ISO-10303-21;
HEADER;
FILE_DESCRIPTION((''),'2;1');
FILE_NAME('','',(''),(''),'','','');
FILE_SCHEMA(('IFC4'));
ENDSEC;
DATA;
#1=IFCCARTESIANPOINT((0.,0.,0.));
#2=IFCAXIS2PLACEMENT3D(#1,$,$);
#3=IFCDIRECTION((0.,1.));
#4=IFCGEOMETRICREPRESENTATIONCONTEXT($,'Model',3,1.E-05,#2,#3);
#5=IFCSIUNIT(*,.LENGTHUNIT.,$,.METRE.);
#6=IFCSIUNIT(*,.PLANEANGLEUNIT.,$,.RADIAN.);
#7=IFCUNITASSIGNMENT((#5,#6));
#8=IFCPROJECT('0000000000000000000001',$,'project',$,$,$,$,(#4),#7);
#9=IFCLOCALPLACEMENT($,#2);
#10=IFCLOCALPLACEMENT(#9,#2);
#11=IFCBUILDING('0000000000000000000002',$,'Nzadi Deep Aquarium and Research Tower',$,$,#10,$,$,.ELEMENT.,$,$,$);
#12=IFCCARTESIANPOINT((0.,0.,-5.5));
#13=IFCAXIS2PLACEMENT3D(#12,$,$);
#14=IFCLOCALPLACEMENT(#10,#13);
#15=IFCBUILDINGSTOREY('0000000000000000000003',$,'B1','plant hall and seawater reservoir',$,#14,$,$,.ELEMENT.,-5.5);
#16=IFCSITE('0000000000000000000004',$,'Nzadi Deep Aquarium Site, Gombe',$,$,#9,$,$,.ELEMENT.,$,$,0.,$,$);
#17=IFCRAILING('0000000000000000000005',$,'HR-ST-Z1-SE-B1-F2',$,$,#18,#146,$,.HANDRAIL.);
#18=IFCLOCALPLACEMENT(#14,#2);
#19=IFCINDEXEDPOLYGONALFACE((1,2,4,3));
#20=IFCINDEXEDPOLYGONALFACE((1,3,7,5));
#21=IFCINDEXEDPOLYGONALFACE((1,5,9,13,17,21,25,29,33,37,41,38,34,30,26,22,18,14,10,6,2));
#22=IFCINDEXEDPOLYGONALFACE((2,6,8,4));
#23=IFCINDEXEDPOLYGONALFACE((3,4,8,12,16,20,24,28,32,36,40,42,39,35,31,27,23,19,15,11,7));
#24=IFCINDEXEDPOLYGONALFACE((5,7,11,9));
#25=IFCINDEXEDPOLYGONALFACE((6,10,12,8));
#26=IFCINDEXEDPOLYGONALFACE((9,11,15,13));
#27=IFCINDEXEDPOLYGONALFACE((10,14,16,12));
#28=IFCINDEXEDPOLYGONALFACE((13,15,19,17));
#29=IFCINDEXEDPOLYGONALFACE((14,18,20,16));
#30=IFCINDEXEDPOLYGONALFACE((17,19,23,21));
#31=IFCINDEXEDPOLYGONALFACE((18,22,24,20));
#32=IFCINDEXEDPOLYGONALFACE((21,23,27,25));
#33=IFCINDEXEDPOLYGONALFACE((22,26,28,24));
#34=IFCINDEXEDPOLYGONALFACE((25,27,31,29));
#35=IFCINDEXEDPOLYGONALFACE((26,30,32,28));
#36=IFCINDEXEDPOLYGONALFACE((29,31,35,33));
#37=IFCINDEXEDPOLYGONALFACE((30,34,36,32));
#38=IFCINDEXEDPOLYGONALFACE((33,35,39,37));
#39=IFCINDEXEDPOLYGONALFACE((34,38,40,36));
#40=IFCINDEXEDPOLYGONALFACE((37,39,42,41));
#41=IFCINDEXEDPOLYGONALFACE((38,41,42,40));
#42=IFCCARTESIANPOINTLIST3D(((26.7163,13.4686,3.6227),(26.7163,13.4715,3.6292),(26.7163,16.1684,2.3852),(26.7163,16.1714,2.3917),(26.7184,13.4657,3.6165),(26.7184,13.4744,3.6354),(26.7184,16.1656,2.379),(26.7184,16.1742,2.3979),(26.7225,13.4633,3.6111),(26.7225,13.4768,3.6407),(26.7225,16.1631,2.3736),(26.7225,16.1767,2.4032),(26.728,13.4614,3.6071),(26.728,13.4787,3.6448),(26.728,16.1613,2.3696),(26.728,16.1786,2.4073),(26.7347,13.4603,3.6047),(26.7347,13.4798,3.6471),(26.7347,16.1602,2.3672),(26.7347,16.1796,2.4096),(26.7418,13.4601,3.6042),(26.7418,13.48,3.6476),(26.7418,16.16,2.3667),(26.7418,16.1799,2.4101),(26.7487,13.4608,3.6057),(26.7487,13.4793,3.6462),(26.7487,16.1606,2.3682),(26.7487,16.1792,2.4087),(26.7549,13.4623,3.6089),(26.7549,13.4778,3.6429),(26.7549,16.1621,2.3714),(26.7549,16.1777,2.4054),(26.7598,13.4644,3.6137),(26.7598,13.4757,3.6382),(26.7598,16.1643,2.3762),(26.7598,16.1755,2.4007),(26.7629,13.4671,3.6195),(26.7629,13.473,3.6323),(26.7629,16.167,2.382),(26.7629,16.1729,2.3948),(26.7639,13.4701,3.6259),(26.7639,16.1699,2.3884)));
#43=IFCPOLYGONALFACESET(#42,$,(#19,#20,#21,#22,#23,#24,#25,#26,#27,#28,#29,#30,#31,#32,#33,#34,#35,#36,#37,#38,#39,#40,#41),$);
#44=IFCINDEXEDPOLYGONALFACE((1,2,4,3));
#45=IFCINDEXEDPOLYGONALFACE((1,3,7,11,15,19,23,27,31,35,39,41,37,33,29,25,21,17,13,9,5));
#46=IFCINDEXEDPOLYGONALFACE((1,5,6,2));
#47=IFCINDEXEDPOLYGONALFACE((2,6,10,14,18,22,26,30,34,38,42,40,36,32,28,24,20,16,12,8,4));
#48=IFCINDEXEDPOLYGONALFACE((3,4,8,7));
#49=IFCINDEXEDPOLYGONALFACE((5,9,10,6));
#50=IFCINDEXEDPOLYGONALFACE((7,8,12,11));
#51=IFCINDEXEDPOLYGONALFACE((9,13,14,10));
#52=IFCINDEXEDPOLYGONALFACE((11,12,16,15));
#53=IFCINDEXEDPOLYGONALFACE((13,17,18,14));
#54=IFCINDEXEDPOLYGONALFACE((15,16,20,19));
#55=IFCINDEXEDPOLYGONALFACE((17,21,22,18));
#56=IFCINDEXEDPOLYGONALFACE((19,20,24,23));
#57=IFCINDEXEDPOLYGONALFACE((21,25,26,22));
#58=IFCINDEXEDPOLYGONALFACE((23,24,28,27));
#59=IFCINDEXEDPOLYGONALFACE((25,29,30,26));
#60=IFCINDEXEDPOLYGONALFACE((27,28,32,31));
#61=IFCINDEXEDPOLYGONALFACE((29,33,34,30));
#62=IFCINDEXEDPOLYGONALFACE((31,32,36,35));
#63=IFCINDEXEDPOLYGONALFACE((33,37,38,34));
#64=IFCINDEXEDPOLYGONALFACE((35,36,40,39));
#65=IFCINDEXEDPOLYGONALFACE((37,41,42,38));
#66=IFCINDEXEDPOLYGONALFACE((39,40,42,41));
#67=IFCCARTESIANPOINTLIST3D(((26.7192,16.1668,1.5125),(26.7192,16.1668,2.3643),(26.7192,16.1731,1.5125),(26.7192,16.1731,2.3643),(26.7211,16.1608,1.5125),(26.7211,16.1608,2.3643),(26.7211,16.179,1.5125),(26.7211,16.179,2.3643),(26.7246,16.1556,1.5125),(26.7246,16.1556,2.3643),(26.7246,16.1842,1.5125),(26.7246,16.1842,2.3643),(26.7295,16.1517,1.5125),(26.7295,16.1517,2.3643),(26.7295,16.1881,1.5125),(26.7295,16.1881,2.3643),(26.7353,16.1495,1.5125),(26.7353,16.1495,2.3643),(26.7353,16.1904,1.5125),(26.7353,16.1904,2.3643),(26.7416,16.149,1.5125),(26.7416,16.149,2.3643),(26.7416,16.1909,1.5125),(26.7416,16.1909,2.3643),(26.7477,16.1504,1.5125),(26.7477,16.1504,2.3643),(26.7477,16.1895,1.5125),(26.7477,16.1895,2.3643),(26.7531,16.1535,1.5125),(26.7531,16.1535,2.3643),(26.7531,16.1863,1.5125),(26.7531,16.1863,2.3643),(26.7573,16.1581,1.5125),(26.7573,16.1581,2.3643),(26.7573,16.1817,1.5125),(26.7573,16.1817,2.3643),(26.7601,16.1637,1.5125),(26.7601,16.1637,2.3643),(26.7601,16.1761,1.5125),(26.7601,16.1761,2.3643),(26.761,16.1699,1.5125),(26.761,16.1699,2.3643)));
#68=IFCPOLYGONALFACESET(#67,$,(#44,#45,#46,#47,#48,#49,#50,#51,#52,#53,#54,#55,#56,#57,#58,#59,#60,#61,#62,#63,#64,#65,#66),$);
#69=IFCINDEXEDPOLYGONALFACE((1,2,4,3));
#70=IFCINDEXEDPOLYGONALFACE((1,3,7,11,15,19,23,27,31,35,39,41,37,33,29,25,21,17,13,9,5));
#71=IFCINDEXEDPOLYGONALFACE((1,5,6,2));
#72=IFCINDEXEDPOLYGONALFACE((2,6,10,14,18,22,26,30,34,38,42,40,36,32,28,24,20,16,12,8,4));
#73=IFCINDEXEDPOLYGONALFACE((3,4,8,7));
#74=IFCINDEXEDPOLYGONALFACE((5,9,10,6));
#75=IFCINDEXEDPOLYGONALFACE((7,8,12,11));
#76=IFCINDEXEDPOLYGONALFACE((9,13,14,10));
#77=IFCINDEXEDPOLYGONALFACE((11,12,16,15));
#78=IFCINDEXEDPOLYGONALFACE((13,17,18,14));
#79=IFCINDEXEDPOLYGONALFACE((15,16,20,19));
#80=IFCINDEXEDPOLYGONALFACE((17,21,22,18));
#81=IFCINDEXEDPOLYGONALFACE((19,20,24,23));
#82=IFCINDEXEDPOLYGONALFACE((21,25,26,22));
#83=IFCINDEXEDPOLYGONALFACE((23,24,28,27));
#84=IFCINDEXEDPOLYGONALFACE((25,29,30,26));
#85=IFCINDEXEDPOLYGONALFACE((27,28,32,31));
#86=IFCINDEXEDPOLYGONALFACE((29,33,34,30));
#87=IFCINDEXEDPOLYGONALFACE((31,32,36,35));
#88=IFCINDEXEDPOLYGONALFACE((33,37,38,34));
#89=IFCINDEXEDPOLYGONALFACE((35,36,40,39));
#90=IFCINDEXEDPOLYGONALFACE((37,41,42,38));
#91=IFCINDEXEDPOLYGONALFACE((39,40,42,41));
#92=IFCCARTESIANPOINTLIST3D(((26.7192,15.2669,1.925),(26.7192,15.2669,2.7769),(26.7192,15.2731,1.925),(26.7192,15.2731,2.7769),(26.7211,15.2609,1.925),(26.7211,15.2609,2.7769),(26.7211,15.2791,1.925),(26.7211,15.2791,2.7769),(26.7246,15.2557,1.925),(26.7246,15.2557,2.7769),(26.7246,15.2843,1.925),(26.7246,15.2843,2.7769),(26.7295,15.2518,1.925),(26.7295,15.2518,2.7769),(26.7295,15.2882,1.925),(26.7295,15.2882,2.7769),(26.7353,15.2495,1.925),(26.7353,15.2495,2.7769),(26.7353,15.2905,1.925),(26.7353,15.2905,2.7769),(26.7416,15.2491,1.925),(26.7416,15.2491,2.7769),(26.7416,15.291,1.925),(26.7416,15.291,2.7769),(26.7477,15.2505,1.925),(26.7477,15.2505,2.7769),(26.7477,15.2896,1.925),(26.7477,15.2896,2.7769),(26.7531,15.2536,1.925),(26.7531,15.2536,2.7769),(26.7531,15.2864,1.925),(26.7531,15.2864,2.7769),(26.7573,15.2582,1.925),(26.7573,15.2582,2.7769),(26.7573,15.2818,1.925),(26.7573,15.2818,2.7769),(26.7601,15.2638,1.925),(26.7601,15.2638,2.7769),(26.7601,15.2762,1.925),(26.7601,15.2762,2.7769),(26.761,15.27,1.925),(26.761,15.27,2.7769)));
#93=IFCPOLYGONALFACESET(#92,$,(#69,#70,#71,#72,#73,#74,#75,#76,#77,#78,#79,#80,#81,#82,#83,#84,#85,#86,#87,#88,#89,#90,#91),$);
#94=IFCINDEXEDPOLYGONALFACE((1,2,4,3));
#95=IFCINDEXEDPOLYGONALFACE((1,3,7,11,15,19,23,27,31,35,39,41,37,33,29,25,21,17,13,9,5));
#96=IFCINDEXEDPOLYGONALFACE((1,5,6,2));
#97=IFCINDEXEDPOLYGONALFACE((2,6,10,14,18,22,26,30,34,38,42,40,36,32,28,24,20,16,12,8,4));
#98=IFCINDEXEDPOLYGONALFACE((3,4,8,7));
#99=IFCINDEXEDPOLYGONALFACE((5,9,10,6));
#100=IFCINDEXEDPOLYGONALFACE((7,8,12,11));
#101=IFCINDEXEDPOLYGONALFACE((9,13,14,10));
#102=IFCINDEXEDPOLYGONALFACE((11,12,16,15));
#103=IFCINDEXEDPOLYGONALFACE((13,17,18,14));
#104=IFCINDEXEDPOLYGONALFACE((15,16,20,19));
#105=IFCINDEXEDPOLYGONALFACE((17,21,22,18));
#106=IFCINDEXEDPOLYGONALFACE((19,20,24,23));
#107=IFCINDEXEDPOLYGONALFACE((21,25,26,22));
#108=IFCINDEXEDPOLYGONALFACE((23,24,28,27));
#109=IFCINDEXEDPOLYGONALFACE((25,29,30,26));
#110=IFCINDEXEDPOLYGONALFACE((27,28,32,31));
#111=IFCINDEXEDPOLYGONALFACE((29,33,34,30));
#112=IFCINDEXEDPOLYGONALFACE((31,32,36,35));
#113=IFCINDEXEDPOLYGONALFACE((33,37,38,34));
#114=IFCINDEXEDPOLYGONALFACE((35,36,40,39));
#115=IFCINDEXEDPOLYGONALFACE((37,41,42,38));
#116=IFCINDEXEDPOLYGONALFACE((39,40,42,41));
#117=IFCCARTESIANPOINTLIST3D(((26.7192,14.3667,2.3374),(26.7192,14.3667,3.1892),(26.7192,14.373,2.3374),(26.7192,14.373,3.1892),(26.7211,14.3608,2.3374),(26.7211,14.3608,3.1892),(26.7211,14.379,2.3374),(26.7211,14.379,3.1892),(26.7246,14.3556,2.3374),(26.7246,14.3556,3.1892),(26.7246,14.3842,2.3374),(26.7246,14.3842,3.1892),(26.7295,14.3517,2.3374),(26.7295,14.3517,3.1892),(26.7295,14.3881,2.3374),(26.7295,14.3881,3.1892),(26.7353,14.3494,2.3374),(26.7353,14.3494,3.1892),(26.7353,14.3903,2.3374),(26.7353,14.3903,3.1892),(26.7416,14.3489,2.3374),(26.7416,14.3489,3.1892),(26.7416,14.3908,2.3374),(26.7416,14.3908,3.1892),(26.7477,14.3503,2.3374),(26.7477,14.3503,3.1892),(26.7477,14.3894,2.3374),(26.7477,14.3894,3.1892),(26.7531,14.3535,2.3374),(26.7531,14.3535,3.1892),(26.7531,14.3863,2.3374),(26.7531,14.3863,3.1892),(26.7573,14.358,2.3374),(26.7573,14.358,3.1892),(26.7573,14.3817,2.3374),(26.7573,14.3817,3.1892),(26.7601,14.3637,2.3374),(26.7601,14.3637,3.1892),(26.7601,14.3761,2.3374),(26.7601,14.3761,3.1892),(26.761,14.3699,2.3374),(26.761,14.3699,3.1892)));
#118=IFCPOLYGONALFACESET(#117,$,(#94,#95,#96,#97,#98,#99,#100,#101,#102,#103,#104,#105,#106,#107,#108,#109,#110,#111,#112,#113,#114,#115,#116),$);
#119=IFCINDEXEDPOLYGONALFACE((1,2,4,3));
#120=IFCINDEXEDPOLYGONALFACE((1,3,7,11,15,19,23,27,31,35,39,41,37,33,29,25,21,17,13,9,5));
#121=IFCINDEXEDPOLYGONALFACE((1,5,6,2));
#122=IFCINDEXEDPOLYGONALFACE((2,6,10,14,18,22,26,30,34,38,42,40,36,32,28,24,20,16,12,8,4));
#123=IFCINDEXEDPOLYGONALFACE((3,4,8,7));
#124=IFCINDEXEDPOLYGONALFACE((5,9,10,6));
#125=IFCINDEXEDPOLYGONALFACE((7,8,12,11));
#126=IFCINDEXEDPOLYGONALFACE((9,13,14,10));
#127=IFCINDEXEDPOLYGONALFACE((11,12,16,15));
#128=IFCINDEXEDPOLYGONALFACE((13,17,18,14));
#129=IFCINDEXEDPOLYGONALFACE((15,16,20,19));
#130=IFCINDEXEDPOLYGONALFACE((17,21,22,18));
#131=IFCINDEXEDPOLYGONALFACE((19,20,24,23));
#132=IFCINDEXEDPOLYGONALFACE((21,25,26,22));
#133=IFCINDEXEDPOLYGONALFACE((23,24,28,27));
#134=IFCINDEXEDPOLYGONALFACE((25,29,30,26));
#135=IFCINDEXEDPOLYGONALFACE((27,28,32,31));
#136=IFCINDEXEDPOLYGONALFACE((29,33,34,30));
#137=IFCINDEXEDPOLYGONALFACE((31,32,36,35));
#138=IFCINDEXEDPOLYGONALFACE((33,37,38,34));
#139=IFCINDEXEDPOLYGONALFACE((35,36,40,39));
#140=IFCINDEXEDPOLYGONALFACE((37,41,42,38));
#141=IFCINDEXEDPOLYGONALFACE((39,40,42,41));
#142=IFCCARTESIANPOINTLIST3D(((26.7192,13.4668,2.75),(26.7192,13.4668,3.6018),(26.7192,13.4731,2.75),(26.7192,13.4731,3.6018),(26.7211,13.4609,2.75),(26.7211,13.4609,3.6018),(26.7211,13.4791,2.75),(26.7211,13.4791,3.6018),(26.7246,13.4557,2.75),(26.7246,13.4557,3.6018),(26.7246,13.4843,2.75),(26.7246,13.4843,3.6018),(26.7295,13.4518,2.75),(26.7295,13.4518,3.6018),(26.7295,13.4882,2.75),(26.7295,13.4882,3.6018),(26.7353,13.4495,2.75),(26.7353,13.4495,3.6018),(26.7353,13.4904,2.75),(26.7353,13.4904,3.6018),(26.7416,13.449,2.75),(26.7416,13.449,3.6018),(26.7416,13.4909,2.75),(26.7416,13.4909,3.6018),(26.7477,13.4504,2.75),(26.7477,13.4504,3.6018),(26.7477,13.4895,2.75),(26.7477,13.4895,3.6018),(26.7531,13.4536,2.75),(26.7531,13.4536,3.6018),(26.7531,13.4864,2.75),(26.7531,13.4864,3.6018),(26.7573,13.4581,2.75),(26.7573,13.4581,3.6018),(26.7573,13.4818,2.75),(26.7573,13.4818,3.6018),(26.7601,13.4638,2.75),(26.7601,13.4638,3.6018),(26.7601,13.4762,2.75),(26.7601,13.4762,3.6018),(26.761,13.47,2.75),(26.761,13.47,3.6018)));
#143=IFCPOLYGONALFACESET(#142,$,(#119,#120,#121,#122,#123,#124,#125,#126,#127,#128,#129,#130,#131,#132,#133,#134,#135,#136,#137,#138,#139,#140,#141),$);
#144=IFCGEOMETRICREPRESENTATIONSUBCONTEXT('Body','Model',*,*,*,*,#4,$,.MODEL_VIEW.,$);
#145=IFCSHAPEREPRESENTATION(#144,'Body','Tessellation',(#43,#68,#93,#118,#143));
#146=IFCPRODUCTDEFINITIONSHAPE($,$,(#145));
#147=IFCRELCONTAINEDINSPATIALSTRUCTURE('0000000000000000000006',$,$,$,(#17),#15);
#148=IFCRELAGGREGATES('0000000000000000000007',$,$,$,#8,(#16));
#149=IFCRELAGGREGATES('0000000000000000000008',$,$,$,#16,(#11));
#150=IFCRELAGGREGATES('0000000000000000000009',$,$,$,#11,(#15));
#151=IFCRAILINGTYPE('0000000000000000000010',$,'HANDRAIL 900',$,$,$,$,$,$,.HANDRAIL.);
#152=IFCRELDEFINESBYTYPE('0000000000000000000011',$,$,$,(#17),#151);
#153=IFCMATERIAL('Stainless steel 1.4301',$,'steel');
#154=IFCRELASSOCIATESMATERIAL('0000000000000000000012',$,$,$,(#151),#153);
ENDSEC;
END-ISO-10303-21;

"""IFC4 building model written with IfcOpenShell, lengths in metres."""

from ifc_helpers import new_model, si_unit, direction, frame, origin, origin_2d, place, context, subcontext, project, spatial, circle, extrude, material, type_object, element, save


model = new_model("IFC4")

# Units and contexts
model_context = context("Model", 3, precision=1e-05, world=origin(), true_north=direction((0.0, 1.0)))
body_context = subcontext(model_context, "Body", "Model", "MODEL_VIEW")
ifc_project = project(units=[si_unit("LENGTHUNIT", "METRE"), si_unit("PLANEANGLEUNIT", "RADIAN")], contexts=[model_context])

# Site, building, storey
site_placement = place(None, origin())
site = spatial("IfcSite", under=ifc_project, at=site_placement, Name="Nzadi Deep Aquarium Site, Gombe", CompositionType="ELEMENT", RefElevation=0.0)
building_placement = place(site_placement, origin())
building = spatial("IfcBuilding", under=site, at=building_placement, Name="Nzadi Deep Aquarium and Research Tower", CompositionType="ELEMENT")
storey_placement = place(building_placement, frame((0.0, 0.0, -5.5)))
storey = spatial("IfcBuildingStorey", under=building, at=storey_placement, Name="B1", Description="plant hall and seawater reservoir", CompositionType="ELEMENT", Elevation=-5.5)

# Railing
ifc_material_1 = material(Name="Stainless steel 1.4301", Category="steel")
railing_type = type_object("IfcRailingType", Name="HANDRAIL 900", PredefinedType="HANDRAIL", material=ifc_material_1)
for number, where, name in (
    (1, (26.74, 16.1699, 1.5125), "HR-ST-Z1-SE-B1-F2"),
):
    element("IfcRailing", number, at=place(storey_placement, frame(where)), inside=storey, type_object=railing_type, Name=name, PredefinedType="HANDRAIL", context=body_context, shape_type="SweptSolid", body=[
        extrude(circle(Radius=0.0239, at=origin_2d()), frame((0.0, 0.0, 0.876), z_axis=(0.0, -0.909056, 0.416675), x_axis=(1.0, 0.0, 0.0)), (0.0, 0.0, 1.0), 2.97),
        extrude(circle(Radius=0.021, at=origin_2d()), origin(), (0.0, 0.0, 1.0), 0.8518),
        extrude(circle(Radius=0.021, at=origin_2d()), frame((0.0, -0.8999, 0.4126)), (0.0, 0.0, 1.0), 0.8518),
        extrude(circle(Radius=0.021, at=origin_2d()), frame((0.0, -1.8, 0.825)), (0.0, 0.0, 1.0), 0.8518),
        extrude(circle(Radius=0.021, at=origin_2d()), frame((0.0, -2.7, 1.2375)), (0.0, 0.0, 1.0), 0.8518),
    ])

save(model, "model.ifc")
